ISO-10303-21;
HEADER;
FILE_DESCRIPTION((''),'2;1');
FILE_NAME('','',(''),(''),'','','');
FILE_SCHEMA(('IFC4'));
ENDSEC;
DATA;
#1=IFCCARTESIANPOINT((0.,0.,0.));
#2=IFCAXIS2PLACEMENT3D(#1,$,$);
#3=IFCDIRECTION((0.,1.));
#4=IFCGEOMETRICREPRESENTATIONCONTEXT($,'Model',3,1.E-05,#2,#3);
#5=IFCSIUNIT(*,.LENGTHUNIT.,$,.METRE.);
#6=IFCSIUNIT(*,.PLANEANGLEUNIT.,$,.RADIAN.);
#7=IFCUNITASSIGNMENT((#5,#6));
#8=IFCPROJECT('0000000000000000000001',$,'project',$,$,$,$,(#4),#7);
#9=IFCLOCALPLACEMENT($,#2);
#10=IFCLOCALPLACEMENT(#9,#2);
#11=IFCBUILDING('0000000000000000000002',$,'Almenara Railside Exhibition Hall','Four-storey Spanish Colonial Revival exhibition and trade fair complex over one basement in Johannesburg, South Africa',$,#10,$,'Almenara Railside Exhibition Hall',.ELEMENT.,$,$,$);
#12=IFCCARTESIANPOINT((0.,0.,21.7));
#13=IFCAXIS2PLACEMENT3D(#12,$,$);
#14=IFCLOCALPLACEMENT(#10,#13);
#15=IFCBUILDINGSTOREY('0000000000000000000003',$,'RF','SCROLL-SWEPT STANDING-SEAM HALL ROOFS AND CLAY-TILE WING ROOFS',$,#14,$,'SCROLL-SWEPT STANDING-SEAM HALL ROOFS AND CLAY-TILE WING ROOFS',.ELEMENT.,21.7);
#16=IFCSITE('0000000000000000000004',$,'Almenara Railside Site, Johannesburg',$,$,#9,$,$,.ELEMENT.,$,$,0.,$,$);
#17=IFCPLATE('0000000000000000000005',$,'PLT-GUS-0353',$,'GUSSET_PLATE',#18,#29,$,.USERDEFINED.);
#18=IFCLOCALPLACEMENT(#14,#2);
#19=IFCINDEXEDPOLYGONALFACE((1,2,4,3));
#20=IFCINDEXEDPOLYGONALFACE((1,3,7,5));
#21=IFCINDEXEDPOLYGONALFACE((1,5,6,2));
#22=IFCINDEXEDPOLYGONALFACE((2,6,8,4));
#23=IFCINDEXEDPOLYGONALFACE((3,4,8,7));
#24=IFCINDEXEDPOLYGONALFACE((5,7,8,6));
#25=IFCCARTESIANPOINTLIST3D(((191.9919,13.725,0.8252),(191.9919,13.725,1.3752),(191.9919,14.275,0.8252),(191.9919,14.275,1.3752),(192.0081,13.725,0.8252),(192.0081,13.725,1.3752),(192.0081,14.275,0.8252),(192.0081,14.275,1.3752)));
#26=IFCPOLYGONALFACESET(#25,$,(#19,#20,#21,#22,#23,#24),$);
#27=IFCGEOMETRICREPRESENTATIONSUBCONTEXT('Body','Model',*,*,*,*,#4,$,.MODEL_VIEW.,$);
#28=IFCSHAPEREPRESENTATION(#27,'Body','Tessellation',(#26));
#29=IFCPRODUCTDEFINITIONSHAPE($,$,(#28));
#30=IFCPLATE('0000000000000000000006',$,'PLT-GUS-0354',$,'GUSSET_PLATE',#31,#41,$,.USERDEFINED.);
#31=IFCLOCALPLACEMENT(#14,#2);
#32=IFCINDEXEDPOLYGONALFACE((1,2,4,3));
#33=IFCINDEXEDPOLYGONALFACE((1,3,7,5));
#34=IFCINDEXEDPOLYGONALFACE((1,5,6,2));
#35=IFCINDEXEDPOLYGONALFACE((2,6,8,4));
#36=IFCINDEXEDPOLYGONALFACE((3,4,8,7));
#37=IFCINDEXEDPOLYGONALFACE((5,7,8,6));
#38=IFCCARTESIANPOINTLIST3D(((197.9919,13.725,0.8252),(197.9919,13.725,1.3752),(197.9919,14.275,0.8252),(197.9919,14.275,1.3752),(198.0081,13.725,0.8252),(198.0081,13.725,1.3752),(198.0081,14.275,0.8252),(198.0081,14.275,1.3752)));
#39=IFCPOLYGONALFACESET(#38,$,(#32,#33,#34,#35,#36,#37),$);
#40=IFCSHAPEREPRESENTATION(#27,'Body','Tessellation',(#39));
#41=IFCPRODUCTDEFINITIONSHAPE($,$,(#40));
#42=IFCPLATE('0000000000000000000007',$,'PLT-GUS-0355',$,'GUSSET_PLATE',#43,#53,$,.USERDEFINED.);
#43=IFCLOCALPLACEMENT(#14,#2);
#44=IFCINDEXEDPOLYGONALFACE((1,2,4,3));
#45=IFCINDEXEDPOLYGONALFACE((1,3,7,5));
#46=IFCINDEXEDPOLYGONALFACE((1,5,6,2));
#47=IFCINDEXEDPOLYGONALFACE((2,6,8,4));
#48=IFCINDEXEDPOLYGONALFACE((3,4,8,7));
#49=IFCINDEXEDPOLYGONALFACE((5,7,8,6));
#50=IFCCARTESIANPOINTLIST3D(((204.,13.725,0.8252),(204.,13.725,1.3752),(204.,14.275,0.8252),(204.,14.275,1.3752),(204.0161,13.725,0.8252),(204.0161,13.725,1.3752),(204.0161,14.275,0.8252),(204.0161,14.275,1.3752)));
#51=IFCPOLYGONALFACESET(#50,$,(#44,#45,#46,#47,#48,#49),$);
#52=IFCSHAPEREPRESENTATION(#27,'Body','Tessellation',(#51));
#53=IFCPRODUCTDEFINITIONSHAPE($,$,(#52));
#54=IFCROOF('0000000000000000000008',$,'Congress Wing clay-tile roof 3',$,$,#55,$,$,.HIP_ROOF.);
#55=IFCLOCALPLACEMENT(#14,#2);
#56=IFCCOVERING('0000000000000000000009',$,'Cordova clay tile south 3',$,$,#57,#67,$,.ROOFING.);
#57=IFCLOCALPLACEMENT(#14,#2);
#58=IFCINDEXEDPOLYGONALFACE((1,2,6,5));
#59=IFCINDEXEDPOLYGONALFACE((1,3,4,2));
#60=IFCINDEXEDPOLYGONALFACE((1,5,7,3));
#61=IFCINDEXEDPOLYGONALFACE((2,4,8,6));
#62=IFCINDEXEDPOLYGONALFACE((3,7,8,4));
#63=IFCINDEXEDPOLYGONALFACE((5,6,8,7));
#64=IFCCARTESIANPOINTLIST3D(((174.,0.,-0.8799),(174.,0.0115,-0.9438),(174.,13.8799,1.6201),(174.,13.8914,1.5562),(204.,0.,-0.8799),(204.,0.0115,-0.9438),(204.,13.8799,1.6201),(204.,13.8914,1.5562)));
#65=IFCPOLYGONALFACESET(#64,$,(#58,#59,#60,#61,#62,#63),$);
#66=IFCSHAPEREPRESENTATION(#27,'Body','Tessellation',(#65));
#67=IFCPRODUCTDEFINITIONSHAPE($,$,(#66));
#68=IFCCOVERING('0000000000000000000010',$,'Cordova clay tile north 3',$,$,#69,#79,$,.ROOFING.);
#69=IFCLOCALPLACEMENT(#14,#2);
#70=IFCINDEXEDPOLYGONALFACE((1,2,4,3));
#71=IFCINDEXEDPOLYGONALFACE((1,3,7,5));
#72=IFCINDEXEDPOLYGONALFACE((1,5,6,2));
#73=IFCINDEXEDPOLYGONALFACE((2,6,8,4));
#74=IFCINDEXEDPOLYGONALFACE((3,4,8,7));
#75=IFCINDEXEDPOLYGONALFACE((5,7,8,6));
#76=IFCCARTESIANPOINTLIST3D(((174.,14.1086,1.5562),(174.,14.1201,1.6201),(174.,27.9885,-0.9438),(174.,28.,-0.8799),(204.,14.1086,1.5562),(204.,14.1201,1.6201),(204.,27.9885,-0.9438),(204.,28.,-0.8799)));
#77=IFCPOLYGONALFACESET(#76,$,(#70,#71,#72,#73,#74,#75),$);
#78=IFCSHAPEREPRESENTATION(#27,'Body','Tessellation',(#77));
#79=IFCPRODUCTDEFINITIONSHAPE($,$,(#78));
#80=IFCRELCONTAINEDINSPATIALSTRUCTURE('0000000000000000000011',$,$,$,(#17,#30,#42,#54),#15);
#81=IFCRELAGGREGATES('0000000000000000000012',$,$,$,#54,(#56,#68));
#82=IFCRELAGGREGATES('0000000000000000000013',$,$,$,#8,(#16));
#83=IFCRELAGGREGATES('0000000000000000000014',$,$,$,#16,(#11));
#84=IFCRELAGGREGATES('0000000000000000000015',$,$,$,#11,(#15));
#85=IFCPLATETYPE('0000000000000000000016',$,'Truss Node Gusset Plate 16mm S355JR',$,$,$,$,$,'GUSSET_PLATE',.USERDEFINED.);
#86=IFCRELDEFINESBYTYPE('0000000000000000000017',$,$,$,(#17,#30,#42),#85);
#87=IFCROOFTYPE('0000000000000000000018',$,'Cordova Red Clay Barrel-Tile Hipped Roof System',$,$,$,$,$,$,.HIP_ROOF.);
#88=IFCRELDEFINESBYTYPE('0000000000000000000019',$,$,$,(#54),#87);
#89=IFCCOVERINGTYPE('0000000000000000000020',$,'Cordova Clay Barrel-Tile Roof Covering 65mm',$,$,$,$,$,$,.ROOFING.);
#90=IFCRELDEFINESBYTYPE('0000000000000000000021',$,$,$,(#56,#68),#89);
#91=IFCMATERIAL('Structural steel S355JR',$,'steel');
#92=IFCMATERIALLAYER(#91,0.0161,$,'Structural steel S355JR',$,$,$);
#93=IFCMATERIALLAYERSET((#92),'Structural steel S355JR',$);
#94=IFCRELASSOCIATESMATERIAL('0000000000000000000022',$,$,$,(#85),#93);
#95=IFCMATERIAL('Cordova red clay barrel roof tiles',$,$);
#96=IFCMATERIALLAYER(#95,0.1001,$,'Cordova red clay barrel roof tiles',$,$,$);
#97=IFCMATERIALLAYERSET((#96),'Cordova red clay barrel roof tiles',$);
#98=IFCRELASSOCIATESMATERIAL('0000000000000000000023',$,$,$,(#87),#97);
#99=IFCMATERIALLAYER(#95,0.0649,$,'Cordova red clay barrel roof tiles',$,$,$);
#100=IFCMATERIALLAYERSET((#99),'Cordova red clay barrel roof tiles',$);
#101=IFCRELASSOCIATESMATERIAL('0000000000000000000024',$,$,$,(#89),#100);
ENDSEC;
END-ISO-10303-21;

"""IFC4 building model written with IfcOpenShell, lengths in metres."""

from ifc_helpers import new_model, si_unit, direction, frame, origin, origin_2d, place, context, subcontext, project, spatial, polyline, rectangle, outline, extrude, material, layer, layer_set, type_object, element, aggregate, save


model = new_model("IFC4")

# Units and contexts
model_context = context("Model", 3, precision=1e-05, world=origin(), true_north=direction((0.0, 1.0)))
body_context = subcontext(model_context, "Body", "Model", "MODEL_VIEW")
ifc_project = project(units=[si_unit("LENGTHUNIT", "METRE"), si_unit("PLANEANGLEUNIT", "RADIAN")], contexts=[model_context])

# Site, building, storey
site_placement = place(None, origin())
site = spatial("IfcSite", under=ifc_project, at=site_placement, Name="Almenara Railside Site, Johannesburg", CompositionType="ELEMENT", RefElevation=0.0)
building_placement = place(site_placement, origin())
building = spatial("IfcBuilding", under=site, at=building_placement, Name="Almenara Railside Exhibition Hall", Description="Four-storey Spanish Colonial Revival exhibition and trade fair complex over one basement in Johannesburg, South Africa", LongName="Almenara Railside Exhibition Hall", CompositionType="ELEMENT")
storey_placement = place(building_placement, frame((0.0, 0.0, 21.7)))
storey = spatial("IfcBuildingStorey", under=building, at=storey_placement, Name="RF", Description="SCROLL-SWEPT STANDING-SEAM HALL ROOFS AND CLAY-TILE WING ROOFS", LongName="SCROLL-SWEPT STANDING-SEAM HALL ROOFS AND CLAY-TILE WING ROOFS", CompositionType="ELEMENT", Elevation=21.7)

# Shared definitions
ifc_material_1 = material(Name="Structural steel S355JR", Category="steel")

# Plates
ifc_layer_1 = layer(ifc_material_1, 0.0161, Name="Structural steel S355JR")
ifc_layer_set_1 = layer_set([ifc_layer_1], Name="Structural steel S355JR")
plate_type = type_object("IfcPlateType", Name="Truss Node Gusset Plate 16mm S355JR", ElementType="GUSSET_PLATE", PredefinedType="USERDEFINED", material=ifc_layer_set_1)
for number, where, z_axis, x_axis, name in (
    (1, (192.0, 14.0, 0.8252), (0.0, 0.0, 1.0), (0.0, 1.0, 0.0), "PLT-GUS-0353"),
    (2, (198.0, 14.0, 0.8252), (0.0, 0.0, 1.0), (0.0, 1.0, 0.0), "PLT-GUS-0354"),
    (3, (204.0081, 14.0, 0.8252), (0.0, 0.0, 1.0), (0.0, 1.0, 0.0), "PLT-GUS-0355"),
):
    element("IfcPlate", number, at=place(storey_placement, frame(where, z_axis=z_axis, x_axis=x_axis)), inside=storey, type_object=plate_type, Name=name, ObjectType="GUSSET_PLATE", PredefinedType="USERDEFINED", context=body_context, shape_type="SweptSolid", body=[
        extrude(rectangle(XDim=0.55, YDim=0.0161, at=origin_2d()), origin(), (0.0, 0.0, 1.0), 0.55),
    ])

# Roof, coverings
ifc_material_2 = material(Name="Cordova red clay barrel roof tiles")
ifc_layer_2 = layer(ifc_material_2, 0.1001, Name="Cordova red clay barrel roof tiles")
ifc_layer_set_2 = layer_set([ifc_layer_2], Name="Cordova red clay barrel roof tiles")
roof_type = type_object("IfcRoofType", Name="Cordova Red Clay Barrel-Tile Hipped Roof System", PredefinedType="HIP_ROOF", material=ifc_layer_set_2)
roof_placement = place(storey_placement, origin())
roof = element("IfcRoof", 4, at=roof_placement, inside=storey, type_object=roof_type, Name="Congress Wing clay-tile roof 3", PredefinedType="HIP_ROOF")
ifc_layer_3 = layer(ifc_material_2, 0.0649, Name="Cordova red clay barrel roof tiles")
ifc_layer_set_3 = layer_set([ifc_layer_3], Name="Cordova red clay barrel roof tiles")
covering_type = type_object("IfcCoveringType", Name="Cordova Clay Barrel-Tile Roof Covering 65mm", PredefinedType="ROOFING", material=ifc_layer_set_3)
covering_1_placement = place(storey_placement, frame((174.0, 0.0, -0.8799), z_axis=(0.0, -0.177264, 0.984163), x_axis=(1.0, 0.0, 0.0)))
covering_1 = element("IfcCovering", 5, at=covering_1_placement, type_object=covering_type, Name="Cordova clay tile south 3", PredefinedType="ROOFING", context=body_context, shape_type="SweptSolid", body=[
    extrude(outline(polyline([(0.0, 0.0), (30.0, 0.0), (30.0, 14.1032), (0.0, 14.1032), (0.0, 0.0)])), origin(), (0.0, 0.0, -1.0), 0.0649),
])
covering_2_placement = place(storey_placement, frame((174.0, 14.1201, 1.6201), z_axis=(0.0, 0.177264, 0.984163), x_axis=(1.0, 0.0, 0.0)))
covering_2 = element("IfcCovering", 6, at=covering_2_placement, type_object=covering_type, Name="Cordova clay tile north 3", PredefinedType="ROOFING", context=body_context, shape_type="SweptSolid", body=[
    extrude(outline(polyline([(0.0, 0.0), (30.0, 0.0), (30.0, 14.1032), (0.0, 14.1032), (0.0, 0.0)])), origin(), (0.0, 0.0, -1.0), 0.0649),
])
aggregate(roof, [covering_1, covering_2])

save(model, "model.ifc")
